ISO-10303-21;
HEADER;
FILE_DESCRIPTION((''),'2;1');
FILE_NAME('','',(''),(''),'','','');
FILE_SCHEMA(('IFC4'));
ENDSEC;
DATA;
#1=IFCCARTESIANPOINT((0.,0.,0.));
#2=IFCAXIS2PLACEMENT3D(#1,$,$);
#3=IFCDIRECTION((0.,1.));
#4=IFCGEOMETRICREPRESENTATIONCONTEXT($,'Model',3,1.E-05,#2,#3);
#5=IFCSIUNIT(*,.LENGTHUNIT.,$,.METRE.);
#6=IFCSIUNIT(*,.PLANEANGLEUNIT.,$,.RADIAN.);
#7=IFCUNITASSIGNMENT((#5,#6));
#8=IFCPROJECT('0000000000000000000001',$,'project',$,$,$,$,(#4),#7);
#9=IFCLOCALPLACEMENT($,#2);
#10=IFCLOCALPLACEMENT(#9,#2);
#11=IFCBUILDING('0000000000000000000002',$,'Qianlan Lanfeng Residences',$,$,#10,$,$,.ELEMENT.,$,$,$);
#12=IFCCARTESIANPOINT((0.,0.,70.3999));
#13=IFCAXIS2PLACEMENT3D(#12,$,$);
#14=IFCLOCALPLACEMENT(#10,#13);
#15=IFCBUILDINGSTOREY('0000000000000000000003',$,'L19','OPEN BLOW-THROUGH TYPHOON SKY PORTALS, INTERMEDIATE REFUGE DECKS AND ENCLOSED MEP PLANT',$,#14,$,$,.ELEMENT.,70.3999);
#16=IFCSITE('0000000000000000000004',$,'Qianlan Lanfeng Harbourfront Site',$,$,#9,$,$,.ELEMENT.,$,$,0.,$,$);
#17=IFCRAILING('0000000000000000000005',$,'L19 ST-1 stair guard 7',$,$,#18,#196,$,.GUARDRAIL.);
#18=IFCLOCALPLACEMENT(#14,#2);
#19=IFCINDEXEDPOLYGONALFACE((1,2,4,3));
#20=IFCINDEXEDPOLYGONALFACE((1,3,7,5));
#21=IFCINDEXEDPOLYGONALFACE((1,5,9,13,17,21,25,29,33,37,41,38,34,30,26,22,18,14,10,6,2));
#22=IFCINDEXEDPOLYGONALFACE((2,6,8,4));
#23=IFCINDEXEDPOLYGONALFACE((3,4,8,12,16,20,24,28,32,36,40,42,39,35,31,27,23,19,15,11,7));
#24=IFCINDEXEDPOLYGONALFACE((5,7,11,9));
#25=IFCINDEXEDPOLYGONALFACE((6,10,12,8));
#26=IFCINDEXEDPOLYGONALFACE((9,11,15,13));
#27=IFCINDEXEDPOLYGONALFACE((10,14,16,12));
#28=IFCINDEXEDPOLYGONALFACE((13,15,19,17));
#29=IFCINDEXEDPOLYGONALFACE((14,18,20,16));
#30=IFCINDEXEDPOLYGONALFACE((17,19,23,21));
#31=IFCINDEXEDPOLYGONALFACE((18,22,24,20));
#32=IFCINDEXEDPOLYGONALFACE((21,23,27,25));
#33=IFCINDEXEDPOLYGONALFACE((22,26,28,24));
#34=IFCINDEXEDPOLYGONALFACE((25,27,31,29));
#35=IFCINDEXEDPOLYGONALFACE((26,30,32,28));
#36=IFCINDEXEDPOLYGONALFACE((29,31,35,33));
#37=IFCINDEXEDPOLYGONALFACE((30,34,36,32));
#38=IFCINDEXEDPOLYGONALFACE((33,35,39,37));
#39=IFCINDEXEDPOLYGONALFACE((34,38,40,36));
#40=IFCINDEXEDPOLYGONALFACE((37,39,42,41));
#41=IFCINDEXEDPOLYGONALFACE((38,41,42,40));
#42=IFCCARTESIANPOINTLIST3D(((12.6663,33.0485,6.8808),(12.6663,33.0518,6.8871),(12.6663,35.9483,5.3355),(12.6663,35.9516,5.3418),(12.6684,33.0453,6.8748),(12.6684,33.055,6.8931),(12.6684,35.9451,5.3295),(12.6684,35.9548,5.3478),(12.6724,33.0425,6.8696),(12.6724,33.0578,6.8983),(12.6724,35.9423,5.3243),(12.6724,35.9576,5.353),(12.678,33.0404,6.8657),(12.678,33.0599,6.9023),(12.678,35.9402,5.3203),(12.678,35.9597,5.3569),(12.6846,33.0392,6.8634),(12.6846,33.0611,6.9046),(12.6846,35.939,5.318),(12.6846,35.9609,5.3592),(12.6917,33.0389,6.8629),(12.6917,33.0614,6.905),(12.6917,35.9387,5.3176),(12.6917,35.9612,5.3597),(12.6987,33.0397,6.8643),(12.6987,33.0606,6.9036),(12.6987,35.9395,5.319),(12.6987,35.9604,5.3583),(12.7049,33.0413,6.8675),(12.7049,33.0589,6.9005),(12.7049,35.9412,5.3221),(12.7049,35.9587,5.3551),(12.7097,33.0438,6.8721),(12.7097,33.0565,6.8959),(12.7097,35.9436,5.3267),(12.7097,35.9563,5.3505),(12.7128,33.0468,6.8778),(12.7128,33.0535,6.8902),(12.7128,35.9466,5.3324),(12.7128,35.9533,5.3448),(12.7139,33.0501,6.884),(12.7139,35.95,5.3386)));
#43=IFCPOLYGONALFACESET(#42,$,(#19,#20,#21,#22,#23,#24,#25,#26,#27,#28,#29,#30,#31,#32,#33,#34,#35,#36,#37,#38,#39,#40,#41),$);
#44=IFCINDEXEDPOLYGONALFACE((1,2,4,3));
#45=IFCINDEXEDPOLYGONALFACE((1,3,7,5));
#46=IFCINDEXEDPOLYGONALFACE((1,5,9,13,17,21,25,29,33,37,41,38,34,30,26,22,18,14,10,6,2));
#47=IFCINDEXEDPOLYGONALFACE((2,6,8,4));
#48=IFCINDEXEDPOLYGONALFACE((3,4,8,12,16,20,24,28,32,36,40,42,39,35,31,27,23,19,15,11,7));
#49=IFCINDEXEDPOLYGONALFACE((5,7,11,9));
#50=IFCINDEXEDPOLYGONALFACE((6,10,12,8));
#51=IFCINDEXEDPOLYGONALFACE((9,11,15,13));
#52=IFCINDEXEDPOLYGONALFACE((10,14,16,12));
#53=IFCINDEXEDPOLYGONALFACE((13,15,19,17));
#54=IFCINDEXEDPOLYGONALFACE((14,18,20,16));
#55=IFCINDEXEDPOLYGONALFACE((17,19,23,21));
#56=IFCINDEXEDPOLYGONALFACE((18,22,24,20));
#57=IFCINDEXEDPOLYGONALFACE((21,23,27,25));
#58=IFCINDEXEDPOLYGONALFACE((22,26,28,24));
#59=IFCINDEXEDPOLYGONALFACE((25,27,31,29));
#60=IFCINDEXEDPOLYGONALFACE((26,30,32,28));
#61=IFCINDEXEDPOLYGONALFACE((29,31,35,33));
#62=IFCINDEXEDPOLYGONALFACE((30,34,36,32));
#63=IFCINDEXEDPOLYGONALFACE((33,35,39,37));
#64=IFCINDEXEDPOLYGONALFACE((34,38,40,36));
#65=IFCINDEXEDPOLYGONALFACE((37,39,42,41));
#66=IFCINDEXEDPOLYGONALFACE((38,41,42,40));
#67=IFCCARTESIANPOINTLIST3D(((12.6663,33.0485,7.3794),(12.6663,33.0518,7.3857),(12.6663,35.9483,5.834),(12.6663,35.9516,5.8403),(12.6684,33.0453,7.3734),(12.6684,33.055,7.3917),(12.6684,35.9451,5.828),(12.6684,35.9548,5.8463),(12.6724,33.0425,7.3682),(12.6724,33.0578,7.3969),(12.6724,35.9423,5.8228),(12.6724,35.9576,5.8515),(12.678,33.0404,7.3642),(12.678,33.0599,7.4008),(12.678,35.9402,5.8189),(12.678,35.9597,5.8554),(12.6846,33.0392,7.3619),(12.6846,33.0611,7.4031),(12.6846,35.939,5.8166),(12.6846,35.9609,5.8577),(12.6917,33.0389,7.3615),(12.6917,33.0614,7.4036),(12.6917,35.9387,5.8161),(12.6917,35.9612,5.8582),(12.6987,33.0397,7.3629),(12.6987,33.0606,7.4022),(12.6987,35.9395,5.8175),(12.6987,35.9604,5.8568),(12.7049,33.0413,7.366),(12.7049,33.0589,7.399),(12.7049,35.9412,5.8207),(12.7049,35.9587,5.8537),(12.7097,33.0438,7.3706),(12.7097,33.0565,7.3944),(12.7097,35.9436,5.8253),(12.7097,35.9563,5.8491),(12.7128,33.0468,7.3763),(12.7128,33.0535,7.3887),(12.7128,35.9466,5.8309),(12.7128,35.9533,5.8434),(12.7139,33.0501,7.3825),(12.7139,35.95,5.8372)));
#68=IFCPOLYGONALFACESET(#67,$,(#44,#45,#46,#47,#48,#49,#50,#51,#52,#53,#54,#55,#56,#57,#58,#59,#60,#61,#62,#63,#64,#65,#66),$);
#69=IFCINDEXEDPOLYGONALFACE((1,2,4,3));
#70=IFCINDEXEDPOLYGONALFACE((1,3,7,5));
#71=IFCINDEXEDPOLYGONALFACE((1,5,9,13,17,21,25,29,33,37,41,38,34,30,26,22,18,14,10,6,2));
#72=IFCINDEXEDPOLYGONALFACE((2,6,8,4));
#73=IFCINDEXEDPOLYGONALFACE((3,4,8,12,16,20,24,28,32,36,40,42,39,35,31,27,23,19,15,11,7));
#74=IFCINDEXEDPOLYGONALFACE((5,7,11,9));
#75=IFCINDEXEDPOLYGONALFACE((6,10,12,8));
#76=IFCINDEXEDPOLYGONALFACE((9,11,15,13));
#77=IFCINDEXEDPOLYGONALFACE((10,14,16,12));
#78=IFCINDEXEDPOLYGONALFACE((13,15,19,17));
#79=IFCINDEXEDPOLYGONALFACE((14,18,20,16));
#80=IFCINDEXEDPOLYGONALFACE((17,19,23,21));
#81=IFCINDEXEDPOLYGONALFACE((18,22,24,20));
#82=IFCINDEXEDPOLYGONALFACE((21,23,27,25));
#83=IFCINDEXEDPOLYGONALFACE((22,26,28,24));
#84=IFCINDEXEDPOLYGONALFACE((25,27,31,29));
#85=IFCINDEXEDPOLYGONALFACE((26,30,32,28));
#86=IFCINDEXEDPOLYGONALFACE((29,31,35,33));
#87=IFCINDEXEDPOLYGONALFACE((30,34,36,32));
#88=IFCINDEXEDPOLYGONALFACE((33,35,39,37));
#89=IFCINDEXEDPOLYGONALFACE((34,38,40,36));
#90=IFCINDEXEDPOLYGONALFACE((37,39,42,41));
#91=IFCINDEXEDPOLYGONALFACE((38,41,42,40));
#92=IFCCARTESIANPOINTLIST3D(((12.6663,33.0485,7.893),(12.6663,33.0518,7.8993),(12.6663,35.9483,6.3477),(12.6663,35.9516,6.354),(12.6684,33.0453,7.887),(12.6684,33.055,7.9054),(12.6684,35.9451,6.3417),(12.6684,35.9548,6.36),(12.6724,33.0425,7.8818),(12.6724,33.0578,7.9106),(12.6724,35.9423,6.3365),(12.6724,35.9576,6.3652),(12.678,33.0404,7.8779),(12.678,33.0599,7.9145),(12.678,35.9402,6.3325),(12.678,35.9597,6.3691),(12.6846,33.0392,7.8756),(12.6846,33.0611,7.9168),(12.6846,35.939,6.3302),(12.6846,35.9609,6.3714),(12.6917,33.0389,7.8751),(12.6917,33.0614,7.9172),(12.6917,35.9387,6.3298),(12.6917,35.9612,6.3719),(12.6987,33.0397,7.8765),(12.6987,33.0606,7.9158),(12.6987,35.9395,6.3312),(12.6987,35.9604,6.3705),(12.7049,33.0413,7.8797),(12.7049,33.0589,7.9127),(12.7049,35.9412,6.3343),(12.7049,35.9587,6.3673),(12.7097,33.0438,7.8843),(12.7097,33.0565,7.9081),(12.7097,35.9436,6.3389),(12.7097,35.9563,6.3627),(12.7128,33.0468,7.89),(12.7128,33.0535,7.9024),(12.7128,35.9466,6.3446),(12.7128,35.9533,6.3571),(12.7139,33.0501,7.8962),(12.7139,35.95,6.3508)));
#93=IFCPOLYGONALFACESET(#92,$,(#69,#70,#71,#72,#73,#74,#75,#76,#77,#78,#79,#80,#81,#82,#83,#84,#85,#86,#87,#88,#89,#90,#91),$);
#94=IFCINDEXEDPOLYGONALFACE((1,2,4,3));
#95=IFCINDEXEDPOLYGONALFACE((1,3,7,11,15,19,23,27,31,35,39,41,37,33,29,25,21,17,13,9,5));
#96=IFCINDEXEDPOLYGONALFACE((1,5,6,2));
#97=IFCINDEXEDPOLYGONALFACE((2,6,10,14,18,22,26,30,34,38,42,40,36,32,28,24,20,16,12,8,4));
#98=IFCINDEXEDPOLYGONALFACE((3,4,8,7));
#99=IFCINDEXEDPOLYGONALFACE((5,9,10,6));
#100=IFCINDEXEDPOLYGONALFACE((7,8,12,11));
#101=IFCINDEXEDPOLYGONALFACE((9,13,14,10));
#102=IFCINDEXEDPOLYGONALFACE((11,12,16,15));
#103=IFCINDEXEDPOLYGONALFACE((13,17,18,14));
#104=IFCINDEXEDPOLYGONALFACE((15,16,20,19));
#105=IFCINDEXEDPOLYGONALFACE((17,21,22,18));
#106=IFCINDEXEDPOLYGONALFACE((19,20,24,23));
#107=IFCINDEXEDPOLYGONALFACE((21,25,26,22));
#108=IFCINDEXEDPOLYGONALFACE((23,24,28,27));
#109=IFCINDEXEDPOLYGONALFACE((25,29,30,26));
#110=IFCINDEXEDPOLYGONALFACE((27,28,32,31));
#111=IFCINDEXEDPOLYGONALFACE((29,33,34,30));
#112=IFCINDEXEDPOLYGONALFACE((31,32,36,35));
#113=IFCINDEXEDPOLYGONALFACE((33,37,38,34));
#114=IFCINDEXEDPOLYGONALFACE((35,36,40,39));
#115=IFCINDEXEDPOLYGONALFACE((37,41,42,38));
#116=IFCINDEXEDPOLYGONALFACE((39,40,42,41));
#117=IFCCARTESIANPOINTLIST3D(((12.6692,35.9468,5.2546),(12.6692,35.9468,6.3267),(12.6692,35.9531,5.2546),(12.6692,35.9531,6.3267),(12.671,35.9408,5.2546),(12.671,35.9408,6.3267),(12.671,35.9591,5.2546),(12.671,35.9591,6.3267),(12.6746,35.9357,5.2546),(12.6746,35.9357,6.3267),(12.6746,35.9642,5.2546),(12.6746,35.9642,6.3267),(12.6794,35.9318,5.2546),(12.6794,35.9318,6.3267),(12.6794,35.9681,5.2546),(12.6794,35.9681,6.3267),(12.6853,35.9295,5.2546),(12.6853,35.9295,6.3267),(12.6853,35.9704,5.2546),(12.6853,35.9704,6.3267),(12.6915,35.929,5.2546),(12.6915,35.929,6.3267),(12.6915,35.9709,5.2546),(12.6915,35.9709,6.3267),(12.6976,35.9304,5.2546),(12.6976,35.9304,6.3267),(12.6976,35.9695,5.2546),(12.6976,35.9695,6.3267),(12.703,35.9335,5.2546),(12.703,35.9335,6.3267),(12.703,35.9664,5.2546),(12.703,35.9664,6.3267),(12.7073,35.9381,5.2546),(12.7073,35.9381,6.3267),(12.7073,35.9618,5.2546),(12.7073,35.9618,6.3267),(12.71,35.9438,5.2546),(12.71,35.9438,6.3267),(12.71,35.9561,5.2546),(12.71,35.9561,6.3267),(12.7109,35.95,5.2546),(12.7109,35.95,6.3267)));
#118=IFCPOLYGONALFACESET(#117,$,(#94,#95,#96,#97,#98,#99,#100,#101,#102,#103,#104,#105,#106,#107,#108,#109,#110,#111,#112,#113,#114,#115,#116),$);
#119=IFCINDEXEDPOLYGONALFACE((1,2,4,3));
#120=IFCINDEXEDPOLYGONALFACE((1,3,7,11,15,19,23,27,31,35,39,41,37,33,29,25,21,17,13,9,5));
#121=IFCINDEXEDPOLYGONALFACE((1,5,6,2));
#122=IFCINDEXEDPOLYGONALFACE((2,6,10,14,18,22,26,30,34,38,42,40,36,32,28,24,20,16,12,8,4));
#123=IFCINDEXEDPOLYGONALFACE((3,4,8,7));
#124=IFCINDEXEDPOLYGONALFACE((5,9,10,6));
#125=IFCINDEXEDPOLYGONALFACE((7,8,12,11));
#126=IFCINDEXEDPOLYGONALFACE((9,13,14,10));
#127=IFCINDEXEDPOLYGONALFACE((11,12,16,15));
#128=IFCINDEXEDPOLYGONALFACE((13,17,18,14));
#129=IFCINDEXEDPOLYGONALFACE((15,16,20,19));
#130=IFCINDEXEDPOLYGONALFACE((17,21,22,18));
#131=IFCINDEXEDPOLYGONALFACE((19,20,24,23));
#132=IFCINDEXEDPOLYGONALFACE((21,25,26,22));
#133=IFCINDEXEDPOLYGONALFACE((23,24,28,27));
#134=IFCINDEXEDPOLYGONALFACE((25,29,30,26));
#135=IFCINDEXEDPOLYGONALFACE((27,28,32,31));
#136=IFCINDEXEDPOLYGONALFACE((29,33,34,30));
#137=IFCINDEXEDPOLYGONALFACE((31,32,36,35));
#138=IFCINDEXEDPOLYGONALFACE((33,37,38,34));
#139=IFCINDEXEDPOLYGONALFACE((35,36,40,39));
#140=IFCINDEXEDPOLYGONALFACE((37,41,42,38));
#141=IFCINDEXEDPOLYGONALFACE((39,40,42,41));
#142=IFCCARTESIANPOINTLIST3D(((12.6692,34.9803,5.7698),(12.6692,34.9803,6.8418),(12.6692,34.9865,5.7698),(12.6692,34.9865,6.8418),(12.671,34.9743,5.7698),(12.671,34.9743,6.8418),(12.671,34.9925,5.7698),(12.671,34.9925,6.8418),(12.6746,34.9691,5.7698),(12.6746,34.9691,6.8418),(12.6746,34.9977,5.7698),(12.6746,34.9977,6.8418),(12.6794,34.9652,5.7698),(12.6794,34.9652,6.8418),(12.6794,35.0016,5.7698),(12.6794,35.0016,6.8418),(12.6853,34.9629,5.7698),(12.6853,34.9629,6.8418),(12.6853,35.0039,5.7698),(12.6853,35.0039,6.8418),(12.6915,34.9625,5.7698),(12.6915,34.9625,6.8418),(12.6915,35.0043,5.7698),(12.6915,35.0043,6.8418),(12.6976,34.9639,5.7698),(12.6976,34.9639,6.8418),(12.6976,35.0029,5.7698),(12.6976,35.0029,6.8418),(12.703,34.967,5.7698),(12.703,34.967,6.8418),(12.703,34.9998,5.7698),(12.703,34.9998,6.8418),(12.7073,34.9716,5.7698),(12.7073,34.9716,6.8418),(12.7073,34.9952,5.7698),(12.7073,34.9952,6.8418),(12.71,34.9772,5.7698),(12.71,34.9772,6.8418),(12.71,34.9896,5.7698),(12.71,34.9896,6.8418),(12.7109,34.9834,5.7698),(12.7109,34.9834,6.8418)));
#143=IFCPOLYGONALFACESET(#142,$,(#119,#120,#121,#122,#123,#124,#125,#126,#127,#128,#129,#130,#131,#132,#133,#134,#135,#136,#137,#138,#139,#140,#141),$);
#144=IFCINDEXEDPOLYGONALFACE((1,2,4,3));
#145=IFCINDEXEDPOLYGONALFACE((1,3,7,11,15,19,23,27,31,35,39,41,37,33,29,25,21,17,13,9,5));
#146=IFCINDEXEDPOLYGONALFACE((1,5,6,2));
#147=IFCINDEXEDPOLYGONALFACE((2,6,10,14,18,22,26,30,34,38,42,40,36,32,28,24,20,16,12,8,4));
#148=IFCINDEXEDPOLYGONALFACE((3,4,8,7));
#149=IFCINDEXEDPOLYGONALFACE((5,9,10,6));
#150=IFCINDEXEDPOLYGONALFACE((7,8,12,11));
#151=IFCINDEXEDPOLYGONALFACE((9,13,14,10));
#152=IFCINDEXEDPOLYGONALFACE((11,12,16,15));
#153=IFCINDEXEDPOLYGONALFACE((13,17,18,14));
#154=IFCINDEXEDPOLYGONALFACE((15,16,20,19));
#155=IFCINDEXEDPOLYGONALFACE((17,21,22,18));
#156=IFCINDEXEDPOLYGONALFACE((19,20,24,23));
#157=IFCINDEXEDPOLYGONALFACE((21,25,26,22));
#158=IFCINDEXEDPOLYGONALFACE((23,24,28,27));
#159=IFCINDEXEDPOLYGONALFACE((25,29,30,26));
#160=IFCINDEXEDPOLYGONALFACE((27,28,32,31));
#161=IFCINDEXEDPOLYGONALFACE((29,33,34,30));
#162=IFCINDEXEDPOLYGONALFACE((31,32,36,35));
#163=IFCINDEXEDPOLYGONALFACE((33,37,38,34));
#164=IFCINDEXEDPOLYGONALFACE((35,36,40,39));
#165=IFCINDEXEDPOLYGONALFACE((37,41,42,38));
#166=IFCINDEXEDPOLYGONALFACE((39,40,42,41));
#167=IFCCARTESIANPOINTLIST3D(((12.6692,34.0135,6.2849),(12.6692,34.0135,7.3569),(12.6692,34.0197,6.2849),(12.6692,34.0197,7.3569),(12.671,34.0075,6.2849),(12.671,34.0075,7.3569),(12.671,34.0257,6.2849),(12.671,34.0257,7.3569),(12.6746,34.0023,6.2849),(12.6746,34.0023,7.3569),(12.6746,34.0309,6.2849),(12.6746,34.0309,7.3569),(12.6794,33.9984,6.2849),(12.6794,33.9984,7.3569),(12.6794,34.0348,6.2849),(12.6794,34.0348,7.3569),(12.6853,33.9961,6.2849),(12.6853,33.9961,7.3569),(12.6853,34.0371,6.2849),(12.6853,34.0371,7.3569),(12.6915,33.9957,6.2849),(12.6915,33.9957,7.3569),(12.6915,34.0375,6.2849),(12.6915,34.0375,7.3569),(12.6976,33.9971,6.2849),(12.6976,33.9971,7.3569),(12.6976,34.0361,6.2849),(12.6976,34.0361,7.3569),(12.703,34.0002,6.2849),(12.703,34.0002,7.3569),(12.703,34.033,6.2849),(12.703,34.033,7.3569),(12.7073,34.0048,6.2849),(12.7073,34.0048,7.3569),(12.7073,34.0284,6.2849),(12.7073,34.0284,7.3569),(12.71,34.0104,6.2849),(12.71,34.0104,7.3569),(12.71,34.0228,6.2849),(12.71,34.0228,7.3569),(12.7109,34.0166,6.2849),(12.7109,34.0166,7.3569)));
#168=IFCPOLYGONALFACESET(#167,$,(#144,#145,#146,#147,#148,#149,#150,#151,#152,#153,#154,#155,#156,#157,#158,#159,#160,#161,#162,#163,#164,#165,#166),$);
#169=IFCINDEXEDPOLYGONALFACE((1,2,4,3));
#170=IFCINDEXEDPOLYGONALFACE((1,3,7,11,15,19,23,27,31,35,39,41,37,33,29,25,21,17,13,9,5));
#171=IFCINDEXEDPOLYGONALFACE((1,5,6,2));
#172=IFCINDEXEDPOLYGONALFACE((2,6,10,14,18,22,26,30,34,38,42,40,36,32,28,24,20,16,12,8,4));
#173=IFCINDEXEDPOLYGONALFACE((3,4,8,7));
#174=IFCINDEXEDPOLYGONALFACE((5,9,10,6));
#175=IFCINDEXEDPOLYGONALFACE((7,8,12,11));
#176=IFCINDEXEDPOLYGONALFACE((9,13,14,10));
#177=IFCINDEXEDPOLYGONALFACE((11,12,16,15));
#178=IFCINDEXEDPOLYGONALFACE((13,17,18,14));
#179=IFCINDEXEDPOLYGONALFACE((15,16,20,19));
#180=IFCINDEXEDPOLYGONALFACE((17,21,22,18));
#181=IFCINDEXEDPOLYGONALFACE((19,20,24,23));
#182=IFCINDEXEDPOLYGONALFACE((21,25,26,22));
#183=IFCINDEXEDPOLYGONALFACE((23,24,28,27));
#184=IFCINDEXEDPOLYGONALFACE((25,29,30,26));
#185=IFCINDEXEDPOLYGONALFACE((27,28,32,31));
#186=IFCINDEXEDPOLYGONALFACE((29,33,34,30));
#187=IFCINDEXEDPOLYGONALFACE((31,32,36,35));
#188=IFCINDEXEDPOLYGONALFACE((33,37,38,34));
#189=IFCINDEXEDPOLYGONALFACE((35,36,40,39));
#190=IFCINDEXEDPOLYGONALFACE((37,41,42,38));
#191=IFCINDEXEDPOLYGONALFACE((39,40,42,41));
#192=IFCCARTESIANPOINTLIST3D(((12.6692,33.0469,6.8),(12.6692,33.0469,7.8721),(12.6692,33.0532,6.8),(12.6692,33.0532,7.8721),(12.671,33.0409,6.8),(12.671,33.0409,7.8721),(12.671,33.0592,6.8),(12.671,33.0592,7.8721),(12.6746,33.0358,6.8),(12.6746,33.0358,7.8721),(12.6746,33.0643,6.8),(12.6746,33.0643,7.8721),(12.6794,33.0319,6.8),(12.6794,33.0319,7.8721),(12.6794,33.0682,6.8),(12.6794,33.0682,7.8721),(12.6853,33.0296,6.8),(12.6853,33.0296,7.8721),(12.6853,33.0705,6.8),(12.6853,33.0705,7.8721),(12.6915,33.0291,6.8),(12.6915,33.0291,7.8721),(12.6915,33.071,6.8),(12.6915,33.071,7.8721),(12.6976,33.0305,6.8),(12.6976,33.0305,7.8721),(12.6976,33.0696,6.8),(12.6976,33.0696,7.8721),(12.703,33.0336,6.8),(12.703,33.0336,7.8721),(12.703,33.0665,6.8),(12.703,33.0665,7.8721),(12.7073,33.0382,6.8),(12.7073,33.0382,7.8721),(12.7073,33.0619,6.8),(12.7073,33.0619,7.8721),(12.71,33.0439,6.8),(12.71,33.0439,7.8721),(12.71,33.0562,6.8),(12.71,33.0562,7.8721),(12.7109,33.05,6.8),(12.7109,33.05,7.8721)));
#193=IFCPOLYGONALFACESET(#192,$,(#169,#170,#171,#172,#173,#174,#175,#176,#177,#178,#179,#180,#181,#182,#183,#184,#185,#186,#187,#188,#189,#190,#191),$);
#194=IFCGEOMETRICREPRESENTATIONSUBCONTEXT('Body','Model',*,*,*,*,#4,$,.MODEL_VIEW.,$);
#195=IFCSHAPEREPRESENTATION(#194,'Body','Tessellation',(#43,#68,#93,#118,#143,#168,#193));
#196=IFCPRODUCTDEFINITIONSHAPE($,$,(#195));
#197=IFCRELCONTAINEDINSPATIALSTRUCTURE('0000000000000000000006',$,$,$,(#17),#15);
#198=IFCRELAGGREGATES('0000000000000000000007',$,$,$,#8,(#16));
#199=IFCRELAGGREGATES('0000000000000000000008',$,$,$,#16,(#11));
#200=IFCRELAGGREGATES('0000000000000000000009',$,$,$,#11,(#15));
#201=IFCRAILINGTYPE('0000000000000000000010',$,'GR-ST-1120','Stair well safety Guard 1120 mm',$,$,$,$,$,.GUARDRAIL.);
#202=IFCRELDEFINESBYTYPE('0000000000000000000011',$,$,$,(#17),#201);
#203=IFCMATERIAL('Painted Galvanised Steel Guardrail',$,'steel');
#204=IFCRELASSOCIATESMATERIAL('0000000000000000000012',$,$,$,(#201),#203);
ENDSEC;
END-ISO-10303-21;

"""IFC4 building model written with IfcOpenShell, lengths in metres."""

from ifc_helpers import new_model, si_unit, direction, frame, origin, origin_2d, place, context, subcontext, project, spatial, circle, extrude, material, type_object, element, save


model = new_model("IFC4")

# Units and contexts
model_context = context("Model", 3, precision=1e-05, world=origin(), true_north=direction((0.0, 1.0)))
body_context = subcontext(model_context, "Body", "Model", "MODEL_VIEW")
ifc_project = project(units=[si_unit("LENGTHUNIT", "METRE"), si_unit("PLANEANGLEUNIT", "RADIAN")], contexts=[model_context])

# Site, building, storey
site_placement = place(None, origin())
site = spatial("IfcSite", under=ifc_project, at=site_placement, Name="Qianlan Lanfeng Harbourfront Site", CompositionType="ELEMENT", RefElevation=0.0)
building_placement = place(site_placement, origin())
building = spatial("IfcBuilding", under=site, at=building_placement, Name="Qianlan Lanfeng Residences", CompositionType="ELEMENT")
storey_placement = place(building_placement, frame((0.0, 0.0, 70.3999)))
storey = spatial("IfcBuildingStorey", under=building, at=storey_placement, Name="L19", Description="OPEN BLOW-THROUGH TYPHOON SKY PORTALS, INTERMEDIATE REFUGE DECKS AND ENCLOSED MEP PLANT", CompositionType="ELEMENT", Elevation=70.3999)

# Railing
ifc_material_1 = material(Name="Painted Galvanised Steel Guardrail", Category="steel")
railing_type_1 = type_object("IfcRailingType", Name="GR-ST-1120", Description="Stair well safety Guard 1120 mm", PredefinedType="GUARDRAIL", material=ifc_material_1)
railing_1_placement = place(storey_placement, frame((12.6899, 35.95, 5.2546)))
element("IfcRailing", 1, at=railing_1_placement, inside=storey, type_object=railing_type_1, Name="L19 ST-1 stair guard 7", PredefinedType="GUARDRAIL", context=body_context, shape_type="SweptSolid", body=[
    extrude(circle(Radius=0.0239, at=origin_2d()), frame((0.0, 0.0, 0.084), z_axis=(0.0, -0.882505, 0.470303), x_axis=(1.0, 0.0, 0.0)), (0.0, 0.0, 1.0), 3.2859),
    extrude(circle(Radius=0.0239, at=origin_2d()), frame((0.0, 0.0, 0.5825), z_axis=(0.0, -0.882505, 0.470303), x_axis=(1.0, 0.0, 0.0)), (0.0, 0.0, 1.0), 3.2859),
    extrude(circle(Radius=0.0239, at=origin_2d()), frame((0.0, 0.0, 1.0962), z_axis=(0.0, -0.882505, 0.470303), x_axis=(1.0, 0.0, 0.0)), (0.0, 0.0, 1.0), 3.2859),
    extrude(circle(Radius=0.021, at=origin_2d()), origin(), (0.0, 0.0, 1.0), 1.072),
    extrude(circle(Radius=0.021, at=origin_2d()), frame((0.0, -0.9666, 0.5151)), (0.0, 0.0, 1.0), 1.072),
    extrude(circle(Radius=0.021, at=origin_2d()), frame((0.0, -1.9333, 1.0303)), (0.0, 0.0, 1.0), 1.072),
    extrude(circle(Radius=0.021, at=origin_2d()), frame((0.0, -2.8999, 1.5454)), (0.0, 0.0, 1.0), 1.072),
])

save(model, "model.ifc")
